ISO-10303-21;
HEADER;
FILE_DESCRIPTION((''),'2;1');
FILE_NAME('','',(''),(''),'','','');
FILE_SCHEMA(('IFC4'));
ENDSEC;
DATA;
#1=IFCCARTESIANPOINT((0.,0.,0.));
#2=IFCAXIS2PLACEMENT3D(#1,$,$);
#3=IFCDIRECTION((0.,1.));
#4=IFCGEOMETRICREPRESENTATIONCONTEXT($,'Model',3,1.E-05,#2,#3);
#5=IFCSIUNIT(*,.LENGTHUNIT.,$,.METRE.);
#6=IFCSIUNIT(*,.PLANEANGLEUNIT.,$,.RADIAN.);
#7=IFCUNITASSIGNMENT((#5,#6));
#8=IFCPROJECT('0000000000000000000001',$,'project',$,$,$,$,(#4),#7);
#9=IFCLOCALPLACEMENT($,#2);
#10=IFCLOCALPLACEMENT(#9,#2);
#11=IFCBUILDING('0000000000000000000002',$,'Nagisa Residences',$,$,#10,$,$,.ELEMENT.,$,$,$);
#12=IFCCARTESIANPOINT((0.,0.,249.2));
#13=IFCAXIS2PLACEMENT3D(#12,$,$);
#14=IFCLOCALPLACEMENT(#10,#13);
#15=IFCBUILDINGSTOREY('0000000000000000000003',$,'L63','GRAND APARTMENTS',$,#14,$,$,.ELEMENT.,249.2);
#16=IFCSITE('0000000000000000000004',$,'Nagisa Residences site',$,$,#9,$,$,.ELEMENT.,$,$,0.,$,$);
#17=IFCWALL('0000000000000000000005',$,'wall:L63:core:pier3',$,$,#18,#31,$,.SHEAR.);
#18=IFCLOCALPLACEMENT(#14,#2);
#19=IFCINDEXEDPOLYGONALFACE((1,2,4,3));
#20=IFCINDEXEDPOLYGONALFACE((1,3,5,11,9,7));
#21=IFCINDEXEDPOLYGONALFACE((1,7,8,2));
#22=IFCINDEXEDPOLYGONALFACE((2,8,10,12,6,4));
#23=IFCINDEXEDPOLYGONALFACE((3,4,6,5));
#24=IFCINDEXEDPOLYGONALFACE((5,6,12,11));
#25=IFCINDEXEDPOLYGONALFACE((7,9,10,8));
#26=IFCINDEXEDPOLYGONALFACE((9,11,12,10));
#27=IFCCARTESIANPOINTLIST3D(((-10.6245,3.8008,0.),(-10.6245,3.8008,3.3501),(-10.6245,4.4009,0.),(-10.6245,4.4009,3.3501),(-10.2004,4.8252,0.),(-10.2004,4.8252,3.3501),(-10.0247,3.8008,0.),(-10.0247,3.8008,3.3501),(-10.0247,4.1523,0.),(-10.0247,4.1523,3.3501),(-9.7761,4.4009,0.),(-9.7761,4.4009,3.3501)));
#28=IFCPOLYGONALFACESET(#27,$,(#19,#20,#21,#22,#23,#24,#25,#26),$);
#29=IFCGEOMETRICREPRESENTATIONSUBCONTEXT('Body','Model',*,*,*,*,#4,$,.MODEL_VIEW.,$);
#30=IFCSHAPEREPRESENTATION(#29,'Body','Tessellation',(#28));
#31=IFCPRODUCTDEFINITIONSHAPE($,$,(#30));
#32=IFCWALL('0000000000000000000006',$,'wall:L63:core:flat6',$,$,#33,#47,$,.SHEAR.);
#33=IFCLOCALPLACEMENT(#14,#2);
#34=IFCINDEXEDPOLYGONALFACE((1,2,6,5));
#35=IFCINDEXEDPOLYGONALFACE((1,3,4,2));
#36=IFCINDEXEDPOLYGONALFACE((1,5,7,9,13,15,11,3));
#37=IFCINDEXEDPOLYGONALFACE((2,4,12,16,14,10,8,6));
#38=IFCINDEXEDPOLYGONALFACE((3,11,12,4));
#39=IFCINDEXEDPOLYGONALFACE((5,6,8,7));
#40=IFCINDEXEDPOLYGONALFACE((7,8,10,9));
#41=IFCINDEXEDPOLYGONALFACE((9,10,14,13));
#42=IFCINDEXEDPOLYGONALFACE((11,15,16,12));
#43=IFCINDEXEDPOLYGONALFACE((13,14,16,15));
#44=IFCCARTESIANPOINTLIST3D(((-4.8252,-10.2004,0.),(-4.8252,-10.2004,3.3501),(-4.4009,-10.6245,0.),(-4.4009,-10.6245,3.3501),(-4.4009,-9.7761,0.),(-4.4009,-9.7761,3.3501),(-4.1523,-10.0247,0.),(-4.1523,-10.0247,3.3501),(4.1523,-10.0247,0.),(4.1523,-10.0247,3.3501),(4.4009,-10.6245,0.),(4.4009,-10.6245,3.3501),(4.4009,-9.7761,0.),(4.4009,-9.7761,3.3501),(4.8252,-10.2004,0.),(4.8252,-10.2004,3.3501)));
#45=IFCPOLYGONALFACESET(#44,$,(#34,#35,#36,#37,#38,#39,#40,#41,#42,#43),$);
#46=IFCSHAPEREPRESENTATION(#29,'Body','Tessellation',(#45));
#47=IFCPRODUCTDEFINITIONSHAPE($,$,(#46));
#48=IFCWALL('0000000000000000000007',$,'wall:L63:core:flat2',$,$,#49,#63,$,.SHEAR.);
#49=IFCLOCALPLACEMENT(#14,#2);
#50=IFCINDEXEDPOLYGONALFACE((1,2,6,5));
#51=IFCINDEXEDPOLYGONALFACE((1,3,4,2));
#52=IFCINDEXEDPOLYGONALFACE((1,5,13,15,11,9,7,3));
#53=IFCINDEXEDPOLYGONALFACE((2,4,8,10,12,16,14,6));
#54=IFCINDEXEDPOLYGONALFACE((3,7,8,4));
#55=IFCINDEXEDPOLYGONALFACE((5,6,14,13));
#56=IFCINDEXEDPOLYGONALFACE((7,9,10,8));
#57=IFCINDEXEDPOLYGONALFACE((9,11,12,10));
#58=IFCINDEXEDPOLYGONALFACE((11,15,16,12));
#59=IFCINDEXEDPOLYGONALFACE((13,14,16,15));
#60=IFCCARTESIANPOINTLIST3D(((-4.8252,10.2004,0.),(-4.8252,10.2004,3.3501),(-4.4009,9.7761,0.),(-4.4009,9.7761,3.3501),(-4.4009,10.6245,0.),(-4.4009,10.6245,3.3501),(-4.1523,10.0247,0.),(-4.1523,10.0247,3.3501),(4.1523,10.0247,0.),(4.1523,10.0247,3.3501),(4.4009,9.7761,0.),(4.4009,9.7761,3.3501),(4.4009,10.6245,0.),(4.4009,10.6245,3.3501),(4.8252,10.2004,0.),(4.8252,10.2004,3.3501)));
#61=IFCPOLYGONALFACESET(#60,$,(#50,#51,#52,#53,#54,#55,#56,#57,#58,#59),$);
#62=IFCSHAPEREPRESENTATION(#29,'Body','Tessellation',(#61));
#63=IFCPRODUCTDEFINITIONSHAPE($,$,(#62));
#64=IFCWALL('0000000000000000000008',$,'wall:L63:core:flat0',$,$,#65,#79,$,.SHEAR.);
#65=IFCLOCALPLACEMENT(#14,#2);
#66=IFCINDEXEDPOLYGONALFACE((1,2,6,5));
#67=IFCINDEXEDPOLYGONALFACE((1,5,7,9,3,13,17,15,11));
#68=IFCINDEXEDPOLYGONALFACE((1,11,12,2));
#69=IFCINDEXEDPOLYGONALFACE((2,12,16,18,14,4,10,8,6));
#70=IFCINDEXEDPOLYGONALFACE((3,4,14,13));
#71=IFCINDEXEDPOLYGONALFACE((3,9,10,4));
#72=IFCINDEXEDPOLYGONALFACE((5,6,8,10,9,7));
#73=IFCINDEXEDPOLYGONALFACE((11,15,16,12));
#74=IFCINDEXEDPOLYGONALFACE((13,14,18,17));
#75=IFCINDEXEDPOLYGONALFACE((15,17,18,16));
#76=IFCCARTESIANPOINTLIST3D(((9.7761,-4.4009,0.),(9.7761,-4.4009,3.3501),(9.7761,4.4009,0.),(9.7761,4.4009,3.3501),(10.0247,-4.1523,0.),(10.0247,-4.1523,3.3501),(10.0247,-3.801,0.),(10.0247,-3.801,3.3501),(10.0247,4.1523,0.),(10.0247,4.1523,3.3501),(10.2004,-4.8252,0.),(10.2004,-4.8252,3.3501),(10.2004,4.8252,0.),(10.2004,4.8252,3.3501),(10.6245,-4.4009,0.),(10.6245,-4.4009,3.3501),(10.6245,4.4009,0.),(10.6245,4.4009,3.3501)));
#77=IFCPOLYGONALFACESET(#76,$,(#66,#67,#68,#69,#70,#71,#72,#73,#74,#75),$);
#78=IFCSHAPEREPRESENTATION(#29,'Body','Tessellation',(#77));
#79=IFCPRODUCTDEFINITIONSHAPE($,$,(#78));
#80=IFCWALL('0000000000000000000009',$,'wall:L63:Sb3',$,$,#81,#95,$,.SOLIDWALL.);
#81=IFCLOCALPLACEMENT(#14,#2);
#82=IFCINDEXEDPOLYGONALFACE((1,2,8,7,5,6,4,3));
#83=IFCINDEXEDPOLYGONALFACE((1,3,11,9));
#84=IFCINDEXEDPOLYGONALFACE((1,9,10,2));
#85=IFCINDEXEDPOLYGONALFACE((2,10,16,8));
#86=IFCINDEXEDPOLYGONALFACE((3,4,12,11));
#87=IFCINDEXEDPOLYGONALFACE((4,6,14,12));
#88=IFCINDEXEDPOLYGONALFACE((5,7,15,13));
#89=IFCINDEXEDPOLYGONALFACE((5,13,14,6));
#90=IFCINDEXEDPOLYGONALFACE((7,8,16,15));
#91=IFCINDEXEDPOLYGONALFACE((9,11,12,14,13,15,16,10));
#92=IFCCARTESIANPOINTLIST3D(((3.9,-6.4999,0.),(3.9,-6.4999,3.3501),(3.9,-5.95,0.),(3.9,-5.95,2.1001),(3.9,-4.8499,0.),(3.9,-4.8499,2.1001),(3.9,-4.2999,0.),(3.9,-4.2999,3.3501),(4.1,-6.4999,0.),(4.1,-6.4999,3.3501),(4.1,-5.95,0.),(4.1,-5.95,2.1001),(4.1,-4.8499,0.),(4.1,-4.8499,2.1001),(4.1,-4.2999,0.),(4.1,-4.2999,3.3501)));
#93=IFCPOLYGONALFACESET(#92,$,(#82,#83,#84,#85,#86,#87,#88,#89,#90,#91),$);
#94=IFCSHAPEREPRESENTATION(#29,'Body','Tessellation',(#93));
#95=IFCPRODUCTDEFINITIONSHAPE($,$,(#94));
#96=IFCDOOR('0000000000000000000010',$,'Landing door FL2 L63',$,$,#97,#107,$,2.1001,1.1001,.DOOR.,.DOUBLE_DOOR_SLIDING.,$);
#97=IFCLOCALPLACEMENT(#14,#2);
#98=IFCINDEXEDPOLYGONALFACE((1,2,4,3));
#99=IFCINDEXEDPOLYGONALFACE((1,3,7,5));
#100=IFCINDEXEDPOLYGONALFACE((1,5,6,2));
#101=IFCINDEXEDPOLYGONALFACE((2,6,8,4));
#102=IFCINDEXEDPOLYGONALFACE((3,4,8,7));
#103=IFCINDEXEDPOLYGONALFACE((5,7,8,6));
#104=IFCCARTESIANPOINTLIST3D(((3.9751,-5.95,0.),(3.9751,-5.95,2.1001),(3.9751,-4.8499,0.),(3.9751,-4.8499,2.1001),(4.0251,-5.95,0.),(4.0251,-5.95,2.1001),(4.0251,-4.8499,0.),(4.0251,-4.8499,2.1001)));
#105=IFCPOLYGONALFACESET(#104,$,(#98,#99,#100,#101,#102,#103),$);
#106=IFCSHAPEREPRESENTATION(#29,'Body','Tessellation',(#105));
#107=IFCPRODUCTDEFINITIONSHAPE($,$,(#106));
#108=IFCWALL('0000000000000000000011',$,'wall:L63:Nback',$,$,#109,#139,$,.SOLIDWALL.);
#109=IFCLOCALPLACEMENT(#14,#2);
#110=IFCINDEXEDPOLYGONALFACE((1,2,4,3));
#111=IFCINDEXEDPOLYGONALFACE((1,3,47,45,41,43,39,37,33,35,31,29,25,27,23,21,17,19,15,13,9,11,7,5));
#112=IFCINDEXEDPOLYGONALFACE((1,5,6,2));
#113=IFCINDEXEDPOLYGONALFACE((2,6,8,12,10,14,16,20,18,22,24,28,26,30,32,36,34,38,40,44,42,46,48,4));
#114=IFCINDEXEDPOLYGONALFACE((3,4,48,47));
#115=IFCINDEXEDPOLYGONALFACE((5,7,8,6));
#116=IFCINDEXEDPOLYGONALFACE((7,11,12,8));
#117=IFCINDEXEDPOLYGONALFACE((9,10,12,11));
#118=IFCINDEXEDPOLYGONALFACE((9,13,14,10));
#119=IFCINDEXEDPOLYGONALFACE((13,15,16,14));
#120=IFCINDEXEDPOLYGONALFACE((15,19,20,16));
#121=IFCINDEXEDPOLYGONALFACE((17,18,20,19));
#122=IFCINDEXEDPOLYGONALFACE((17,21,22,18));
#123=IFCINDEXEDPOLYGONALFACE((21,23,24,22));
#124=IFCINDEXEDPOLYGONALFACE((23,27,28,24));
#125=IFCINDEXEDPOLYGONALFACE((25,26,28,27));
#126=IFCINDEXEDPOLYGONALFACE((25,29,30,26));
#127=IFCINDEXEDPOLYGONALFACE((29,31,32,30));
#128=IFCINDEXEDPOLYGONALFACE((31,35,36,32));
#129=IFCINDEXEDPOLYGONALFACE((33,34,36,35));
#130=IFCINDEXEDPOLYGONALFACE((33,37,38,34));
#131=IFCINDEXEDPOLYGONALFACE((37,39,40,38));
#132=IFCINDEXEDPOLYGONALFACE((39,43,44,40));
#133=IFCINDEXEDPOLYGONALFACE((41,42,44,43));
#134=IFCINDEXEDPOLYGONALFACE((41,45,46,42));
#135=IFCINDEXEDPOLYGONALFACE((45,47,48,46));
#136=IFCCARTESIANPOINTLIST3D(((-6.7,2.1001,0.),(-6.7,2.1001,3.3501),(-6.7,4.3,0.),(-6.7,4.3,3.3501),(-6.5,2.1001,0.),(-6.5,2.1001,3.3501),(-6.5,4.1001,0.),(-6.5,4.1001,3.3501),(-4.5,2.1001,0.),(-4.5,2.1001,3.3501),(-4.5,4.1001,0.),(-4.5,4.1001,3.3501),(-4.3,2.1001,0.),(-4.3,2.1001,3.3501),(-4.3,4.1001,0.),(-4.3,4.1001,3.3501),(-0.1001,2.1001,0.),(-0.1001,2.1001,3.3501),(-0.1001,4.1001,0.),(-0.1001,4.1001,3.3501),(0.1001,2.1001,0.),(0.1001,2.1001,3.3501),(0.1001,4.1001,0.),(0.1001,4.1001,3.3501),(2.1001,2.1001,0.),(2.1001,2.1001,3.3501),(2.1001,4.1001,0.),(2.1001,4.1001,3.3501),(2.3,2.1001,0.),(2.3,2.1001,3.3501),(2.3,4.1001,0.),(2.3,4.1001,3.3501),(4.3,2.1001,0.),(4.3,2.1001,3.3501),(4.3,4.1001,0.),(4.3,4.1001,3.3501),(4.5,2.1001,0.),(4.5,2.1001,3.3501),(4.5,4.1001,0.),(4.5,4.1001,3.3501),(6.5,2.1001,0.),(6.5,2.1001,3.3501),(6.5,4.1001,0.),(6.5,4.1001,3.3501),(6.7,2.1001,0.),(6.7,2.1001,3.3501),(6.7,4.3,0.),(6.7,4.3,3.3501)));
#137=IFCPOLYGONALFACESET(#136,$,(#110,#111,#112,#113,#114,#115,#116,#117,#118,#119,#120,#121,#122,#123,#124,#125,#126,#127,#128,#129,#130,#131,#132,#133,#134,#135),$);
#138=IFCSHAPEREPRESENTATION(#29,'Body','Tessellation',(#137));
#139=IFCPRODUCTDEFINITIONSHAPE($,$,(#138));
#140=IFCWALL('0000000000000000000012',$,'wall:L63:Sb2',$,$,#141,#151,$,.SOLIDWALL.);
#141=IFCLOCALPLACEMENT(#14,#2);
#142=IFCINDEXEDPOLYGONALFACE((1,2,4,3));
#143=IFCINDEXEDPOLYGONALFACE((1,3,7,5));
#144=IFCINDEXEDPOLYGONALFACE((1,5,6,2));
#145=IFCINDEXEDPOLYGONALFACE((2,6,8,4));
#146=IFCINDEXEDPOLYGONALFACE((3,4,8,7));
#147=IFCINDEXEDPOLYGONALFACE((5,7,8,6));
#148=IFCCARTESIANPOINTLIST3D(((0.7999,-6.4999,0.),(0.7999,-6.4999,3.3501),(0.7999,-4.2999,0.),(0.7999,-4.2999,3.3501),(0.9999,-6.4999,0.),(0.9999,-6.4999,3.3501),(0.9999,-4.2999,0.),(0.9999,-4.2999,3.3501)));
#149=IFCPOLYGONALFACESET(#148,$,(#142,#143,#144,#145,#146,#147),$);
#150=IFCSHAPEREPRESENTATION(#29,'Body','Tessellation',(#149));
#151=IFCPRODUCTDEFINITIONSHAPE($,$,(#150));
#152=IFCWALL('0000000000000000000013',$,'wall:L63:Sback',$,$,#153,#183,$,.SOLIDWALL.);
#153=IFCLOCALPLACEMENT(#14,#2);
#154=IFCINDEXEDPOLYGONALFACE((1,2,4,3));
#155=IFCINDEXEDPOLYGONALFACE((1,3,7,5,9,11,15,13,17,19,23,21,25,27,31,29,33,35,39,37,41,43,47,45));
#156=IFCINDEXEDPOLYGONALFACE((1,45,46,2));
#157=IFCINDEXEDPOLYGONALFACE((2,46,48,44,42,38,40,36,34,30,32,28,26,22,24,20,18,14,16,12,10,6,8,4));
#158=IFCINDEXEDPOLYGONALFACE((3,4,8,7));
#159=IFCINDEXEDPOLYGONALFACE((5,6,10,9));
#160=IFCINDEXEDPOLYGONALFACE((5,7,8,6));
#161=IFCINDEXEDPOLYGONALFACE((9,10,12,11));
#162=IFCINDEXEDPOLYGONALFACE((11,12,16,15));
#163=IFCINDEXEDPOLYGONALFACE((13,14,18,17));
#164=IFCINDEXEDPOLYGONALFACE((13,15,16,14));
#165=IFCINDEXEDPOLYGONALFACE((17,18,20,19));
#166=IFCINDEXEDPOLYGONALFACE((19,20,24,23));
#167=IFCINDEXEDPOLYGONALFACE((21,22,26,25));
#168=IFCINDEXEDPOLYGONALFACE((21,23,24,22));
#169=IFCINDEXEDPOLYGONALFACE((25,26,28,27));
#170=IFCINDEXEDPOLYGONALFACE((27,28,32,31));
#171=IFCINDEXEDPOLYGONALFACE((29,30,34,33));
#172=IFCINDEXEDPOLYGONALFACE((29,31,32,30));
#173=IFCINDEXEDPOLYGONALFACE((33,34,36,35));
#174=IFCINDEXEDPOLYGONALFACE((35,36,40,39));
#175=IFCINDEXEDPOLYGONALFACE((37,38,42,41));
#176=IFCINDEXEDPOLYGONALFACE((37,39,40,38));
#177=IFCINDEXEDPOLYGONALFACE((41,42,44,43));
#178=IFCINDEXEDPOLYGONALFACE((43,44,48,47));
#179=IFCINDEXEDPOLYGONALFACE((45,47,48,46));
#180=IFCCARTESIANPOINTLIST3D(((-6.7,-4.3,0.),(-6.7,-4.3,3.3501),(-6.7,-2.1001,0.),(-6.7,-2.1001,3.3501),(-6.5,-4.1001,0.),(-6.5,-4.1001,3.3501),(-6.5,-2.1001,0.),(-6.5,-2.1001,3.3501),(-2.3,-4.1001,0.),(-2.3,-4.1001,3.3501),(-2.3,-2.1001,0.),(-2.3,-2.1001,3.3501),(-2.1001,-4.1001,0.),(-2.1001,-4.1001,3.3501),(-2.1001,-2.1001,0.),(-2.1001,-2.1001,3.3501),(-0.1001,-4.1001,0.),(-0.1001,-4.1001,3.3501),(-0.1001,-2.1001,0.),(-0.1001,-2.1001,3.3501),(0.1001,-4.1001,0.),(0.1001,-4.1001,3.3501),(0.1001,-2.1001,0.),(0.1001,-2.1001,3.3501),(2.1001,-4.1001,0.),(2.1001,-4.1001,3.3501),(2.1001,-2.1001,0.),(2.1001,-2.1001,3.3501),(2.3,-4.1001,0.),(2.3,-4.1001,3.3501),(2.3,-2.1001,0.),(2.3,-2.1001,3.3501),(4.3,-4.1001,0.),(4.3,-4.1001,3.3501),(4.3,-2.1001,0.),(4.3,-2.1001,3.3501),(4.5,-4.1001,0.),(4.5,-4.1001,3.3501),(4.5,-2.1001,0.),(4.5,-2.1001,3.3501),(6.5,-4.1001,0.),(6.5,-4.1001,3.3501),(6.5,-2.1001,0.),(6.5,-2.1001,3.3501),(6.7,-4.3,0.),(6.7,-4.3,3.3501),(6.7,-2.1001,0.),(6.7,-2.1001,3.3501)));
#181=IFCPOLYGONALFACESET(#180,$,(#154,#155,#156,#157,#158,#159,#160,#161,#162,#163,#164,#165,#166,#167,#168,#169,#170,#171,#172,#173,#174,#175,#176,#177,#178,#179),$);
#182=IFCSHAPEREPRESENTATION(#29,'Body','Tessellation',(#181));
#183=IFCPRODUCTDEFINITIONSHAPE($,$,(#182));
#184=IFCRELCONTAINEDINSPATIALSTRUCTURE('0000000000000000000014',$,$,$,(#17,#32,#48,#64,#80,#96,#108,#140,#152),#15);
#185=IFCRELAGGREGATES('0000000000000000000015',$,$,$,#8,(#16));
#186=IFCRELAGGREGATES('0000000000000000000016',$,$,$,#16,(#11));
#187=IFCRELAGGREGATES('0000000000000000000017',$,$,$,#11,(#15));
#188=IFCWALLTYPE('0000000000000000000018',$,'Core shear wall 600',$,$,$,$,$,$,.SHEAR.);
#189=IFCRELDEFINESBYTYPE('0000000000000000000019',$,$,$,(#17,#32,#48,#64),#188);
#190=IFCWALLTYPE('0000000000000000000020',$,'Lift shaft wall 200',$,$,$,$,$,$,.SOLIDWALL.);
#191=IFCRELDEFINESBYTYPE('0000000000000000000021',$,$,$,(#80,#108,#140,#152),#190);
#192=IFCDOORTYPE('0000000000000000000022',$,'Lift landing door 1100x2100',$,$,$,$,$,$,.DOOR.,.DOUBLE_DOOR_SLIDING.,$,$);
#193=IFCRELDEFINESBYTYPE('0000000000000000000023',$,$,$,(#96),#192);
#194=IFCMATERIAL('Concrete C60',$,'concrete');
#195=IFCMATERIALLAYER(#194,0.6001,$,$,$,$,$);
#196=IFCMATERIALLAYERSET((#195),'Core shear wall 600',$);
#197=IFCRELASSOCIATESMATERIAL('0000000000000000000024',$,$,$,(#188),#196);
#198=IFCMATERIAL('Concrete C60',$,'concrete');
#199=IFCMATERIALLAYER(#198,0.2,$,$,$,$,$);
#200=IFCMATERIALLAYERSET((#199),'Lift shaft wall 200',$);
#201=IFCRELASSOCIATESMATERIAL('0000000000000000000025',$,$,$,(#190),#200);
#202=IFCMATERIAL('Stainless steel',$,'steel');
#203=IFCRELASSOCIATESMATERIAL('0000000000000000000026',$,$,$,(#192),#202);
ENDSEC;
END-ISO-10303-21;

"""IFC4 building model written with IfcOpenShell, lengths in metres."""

from ifc_helpers import new_model, si_unit, direction, frame, frame_2d, origin, place, context, subcontext, project, spatial, polyline, rectangle, outline, extrude, material, layer, layer_set, type_object, element, fill, save


model = new_model("IFC4")

# Units and contexts
model_context = context("Model", 3, precision=1e-05, world=origin(), true_north=direction((0.0, 1.0)))
body_context = subcontext(model_context, "Body", "Model", "MODEL_VIEW")
ifc_project = project(units=[si_unit("LENGTHUNIT", "METRE"), si_unit("PLANEANGLEUNIT", "RADIAN")], contexts=[model_context])

# Site, building, storey
site_placement = place(None, origin())
site = spatial("IfcSite", under=ifc_project, at=site_placement, Name="Nagisa Residences site", CompositionType="ELEMENT", RefElevation=0.0)
building_placement = place(site_placement, origin())
building = spatial("IfcBuilding", under=site, at=building_placement, Name="Nagisa Residences", CompositionType="ELEMENT")
storey_placement = place(building_placement, frame((0.0, 0.0, 249.2)))
storey = spatial("IfcBuildingStorey", under=building, at=storey_placement, Name="L63", Description="GRAND APARTMENTS", CompositionType="ELEMENT", Elevation=249.2)

# Shared definitions
ifc_material_1 = material(Name="Concrete C60", Category="concrete")
ifc_layer_1 = layer(ifc_material_1, 0.6001)
ifc_layer_set_1 = layer_set([ifc_layer_1], Name="Core shear wall 600")
wall_type_1 = type_object("IfcWallType", Name="Core shear wall 600", PredefinedType="SHEAR", material=ifc_layer_set_1)

# Walls
wall_1_placement = place(storey_placement, origin())
element("IfcWall", 1, at=wall_1_placement, inside=storey, type_object=wall_type_1, Name="wall:L63:core:pier3", PredefinedType="SHEAR", context=body_context, shape_type="SweptSolid", body=[
    extrude(outline(polyline([(-10.2004, 4.8252), (-9.7761, 4.4009), (-10.0247, 4.1523), (-10.0247, 3.8008), (-10.6245, 3.8008), (-10.6245, 4.4009), (-10.2004, 4.8252)])), origin(), (0.0, 0.0, 1.0), 3.3501),
])
wall_2_placement = place(storey_placement, origin())
element("IfcWall", 2, at=wall_2_placement, inside=storey, type_object=wall_type_1, Name="wall:L63:core:flat6", PredefinedType="SHEAR", context=body_context, shape_type="SweptSolid", body=[
    extrude(outline(polyline([(-4.1523, -10.0247), (4.1523, -10.0247), (4.4009, -9.7761), (4.8252, -10.2004), (4.4009, -10.6245), (-4.4009, -10.6245), (-4.8252, -10.2004), (-4.4009, -9.7761), (-4.1523, -10.0247)])), origin(), (0.0, 0.0, 1.0), 3.3501),
])
wall_3_placement = place(storey_placement, origin())
element("IfcWall", 3, at=wall_3_placement, inside=storey, type_object=wall_type_1, Name="wall:L63:core:flat2", PredefinedType="SHEAR", context=body_context, shape_type="SweptSolid", body=[
    extrude(outline(polyline([(-4.1523, 10.0247), (-4.4009, 9.7761), (-4.8252, 10.2004), (-4.4009, 10.6245), (4.4009, 10.6245), (4.8252, 10.2004), (4.4009, 9.7761), (4.1523, 10.0247), (-4.1523, 10.0247)])), origin(), (0.0, 0.0, 1.0), 3.3501),
])
wall_4_placement = place(storey_placement, origin())
element("IfcWall", 4, at=wall_4_placement, inside=storey, type_object=wall_type_1, Name="wall:L63:core:flat0", PredefinedType="SHEAR", context=body_context, shape_type="SweptSolid", body=[
    extrude(outline(polyline([(9.7761, -4.4009), (10.0247, -4.1523), (10.0247, -3.801), (10.0247, 4.1523), (9.7761, 4.4009), (10.2004, 4.8252), (10.6245, 4.4009), (10.6245, -4.4009), (10.2004, -4.8252), (9.7761, -4.4009)])), origin(), (0.0, 0.0, 1.0), 3.3501),
])

# Wall, opening, door
ifc_material_2 = material(Name="Concrete C60", Category="concrete")
ifc_layer_2 = layer(ifc_material_2, 0.2)
ifc_layer_set_2 = layer_set([ifc_layer_2], Name="Lift shaft wall 200")
wall_type_2 = type_object("IfcWallType", Name="Lift shaft wall 200", PredefinedType="SOLIDWALL", material=ifc_layer_set_2)
wall_5_placement = place(storey_placement, frame((4.0, -6.5, 0.0), z_axis=(0.0, 0.0, 1.0), x_axis=(0.0, 1.0, 0.0)))
wall_5 = element("IfcWall", 5, at=wall_5_placement, inside=storey, type_object=wall_type_2, Name="wall:L63:Sb3", PredefinedType="SOLIDWALL", context=body_context, shape_type="SweptSolid", body=[
    extrude(rectangle(XDim=2.2, YDim=0.2, at=frame_2d((1.1001, 0.0))), origin(), (0.0, 0.0, 1.0), 3.3501),
])
opening_1_placement = place(wall_5_placement, frame((0.55, 0.0, 0.0)))
opening_1 = element("IfcOpeningElement", 6, at=opening_1_placement, cuts=wall_5, PredefinedType="OPENING", context=body_context, shape_type="SweptSolid", body=[
    extrude(rectangle(XDim=1.1001, YDim=2.1001, at=frame_2d((0.55, 1.05))), frame((0.0, 0.1099, 0.0), z_axis=(0.0, -1.0, 0.0), x_axis=(1.0, 0.0, 0.0)), (0.0, 0.0, 1.0), 0.22),
])
ifc_material_3 = material(Name="Stainless steel", Category="steel")
door_type_1 = type_object("IfcDoorType", Name="Lift landing door 1100x2100", OperationType="DOUBLE_DOOR_SLIDING", PredefinedType="DOOR", material=ifc_material_3)
door_1_placement = place(opening_1_placement, origin())
door_1 = element("IfcDoor", 7, at=door_1_placement, inside=storey, type_object=door_type_1, Name="Landing door FL2 L63", OperationType="DOUBLE_DOOR_SLIDING", OverallHeight=2.1001, OverallWidth=1.1001, PredefinedType="DOOR", context=body_context, shape_type="SweptSolid", body=[
    extrude(rectangle(XDim=1.1001, YDim=2.1001, at=frame_2d((0.55, 1.05))), frame((0.0, 0.0249, 0.0), z_axis=(0.0, -1.0, 0.0), x_axis=(1.0, 0.0, 0.0)), (0.0, 0.0, 1.0), 0.05),
])
fill(opening_1, door_1)

# Walls
wall_6_placement = place(storey_placement, origin())
element("IfcWall", 8, at=wall_6_placement, inside=storey, type_object=wall_type_2, Name="wall:L63:Nback", PredefinedType="SOLIDWALL", context=body_context, shape_type="SweptSolid", body=[
    extrude(outline(polyline([(-6.7, 4.3), (6.7, 4.3), (6.7, 2.1001), (6.5, 2.1001), (6.5, 4.1001), (4.5, 4.1001), (4.5, 2.1001), (4.3, 2.1001), (4.3, 4.1001), (2.3, 4.1001), (2.3, 2.1001), (2.1001, 2.1001), (2.1001, 4.1001), (0.1001, 4.1001), (0.1001, 2.1001), (-0.1001, 2.1001), (-0.1001, 4.1001), (-4.3, 4.1001), (-4.3, 2.1001), (-4.5, 2.1001), (-4.5, 4.1001), (-6.5, 4.1001), (-6.5, 2.1001), (-6.7, 2.1001), (-6.7, 4.3)])), origin(), (0.0, 0.0, 1.0), 3.3501),
])
wall_7_placement = place(storey_placement, frame((0.8999, -6.5, 0.0), z_axis=(0.0, 0.0, 1.0), x_axis=(0.0, 1.0, 0.0)))
element("IfcWall", 9, at=wall_7_placement, inside=storey, type_object=wall_type_2, Name="wall:L63:Sb2", PredefinedType="SOLIDWALL", context=body_context, shape_type="SweptSolid", body=[
    extrude(rectangle(XDim=2.2, YDim=0.2, at=frame_2d((1.1001, 0.0))), origin(), (0.0, 0.0, 1.0), 3.3501),
])
wall_8_placement = place(storey_placement, origin())
element("IfcWall", 10, at=wall_8_placement, inside=storey, type_object=wall_type_2, Name="wall:L63:Sback", PredefinedType="SOLIDWALL", context=body_context, shape_type="SweptSolid", body=[
    extrude(outline(polyline([(-6.7, -2.1001), (-6.5, -2.1001), (-6.5, -4.1001), (-2.3, -4.1001), (-2.3, -2.1001), (-2.1001, -2.1001), (-2.1001, -4.1001), (-0.1001, -4.1001), (-0.1001, -2.1001), (0.1001, -2.1001), (0.1001, -4.1001), (2.1001, -4.1001), (2.1001, -2.1001), (2.3, -2.1001), (2.3, -4.1001), (4.3, -4.1001), (4.3, -2.1001), (4.5, -2.1001), (4.5, -4.1001), (6.5, -4.1001), (6.5, -2.1001), (6.7, -2.1001), (6.7, -4.3), (-6.7, -4.3), (-6.7, -2.1001)])), origin(), (0.0, 0.0, 1.0), 3.3501),
])

save(model, "model.ifc")
